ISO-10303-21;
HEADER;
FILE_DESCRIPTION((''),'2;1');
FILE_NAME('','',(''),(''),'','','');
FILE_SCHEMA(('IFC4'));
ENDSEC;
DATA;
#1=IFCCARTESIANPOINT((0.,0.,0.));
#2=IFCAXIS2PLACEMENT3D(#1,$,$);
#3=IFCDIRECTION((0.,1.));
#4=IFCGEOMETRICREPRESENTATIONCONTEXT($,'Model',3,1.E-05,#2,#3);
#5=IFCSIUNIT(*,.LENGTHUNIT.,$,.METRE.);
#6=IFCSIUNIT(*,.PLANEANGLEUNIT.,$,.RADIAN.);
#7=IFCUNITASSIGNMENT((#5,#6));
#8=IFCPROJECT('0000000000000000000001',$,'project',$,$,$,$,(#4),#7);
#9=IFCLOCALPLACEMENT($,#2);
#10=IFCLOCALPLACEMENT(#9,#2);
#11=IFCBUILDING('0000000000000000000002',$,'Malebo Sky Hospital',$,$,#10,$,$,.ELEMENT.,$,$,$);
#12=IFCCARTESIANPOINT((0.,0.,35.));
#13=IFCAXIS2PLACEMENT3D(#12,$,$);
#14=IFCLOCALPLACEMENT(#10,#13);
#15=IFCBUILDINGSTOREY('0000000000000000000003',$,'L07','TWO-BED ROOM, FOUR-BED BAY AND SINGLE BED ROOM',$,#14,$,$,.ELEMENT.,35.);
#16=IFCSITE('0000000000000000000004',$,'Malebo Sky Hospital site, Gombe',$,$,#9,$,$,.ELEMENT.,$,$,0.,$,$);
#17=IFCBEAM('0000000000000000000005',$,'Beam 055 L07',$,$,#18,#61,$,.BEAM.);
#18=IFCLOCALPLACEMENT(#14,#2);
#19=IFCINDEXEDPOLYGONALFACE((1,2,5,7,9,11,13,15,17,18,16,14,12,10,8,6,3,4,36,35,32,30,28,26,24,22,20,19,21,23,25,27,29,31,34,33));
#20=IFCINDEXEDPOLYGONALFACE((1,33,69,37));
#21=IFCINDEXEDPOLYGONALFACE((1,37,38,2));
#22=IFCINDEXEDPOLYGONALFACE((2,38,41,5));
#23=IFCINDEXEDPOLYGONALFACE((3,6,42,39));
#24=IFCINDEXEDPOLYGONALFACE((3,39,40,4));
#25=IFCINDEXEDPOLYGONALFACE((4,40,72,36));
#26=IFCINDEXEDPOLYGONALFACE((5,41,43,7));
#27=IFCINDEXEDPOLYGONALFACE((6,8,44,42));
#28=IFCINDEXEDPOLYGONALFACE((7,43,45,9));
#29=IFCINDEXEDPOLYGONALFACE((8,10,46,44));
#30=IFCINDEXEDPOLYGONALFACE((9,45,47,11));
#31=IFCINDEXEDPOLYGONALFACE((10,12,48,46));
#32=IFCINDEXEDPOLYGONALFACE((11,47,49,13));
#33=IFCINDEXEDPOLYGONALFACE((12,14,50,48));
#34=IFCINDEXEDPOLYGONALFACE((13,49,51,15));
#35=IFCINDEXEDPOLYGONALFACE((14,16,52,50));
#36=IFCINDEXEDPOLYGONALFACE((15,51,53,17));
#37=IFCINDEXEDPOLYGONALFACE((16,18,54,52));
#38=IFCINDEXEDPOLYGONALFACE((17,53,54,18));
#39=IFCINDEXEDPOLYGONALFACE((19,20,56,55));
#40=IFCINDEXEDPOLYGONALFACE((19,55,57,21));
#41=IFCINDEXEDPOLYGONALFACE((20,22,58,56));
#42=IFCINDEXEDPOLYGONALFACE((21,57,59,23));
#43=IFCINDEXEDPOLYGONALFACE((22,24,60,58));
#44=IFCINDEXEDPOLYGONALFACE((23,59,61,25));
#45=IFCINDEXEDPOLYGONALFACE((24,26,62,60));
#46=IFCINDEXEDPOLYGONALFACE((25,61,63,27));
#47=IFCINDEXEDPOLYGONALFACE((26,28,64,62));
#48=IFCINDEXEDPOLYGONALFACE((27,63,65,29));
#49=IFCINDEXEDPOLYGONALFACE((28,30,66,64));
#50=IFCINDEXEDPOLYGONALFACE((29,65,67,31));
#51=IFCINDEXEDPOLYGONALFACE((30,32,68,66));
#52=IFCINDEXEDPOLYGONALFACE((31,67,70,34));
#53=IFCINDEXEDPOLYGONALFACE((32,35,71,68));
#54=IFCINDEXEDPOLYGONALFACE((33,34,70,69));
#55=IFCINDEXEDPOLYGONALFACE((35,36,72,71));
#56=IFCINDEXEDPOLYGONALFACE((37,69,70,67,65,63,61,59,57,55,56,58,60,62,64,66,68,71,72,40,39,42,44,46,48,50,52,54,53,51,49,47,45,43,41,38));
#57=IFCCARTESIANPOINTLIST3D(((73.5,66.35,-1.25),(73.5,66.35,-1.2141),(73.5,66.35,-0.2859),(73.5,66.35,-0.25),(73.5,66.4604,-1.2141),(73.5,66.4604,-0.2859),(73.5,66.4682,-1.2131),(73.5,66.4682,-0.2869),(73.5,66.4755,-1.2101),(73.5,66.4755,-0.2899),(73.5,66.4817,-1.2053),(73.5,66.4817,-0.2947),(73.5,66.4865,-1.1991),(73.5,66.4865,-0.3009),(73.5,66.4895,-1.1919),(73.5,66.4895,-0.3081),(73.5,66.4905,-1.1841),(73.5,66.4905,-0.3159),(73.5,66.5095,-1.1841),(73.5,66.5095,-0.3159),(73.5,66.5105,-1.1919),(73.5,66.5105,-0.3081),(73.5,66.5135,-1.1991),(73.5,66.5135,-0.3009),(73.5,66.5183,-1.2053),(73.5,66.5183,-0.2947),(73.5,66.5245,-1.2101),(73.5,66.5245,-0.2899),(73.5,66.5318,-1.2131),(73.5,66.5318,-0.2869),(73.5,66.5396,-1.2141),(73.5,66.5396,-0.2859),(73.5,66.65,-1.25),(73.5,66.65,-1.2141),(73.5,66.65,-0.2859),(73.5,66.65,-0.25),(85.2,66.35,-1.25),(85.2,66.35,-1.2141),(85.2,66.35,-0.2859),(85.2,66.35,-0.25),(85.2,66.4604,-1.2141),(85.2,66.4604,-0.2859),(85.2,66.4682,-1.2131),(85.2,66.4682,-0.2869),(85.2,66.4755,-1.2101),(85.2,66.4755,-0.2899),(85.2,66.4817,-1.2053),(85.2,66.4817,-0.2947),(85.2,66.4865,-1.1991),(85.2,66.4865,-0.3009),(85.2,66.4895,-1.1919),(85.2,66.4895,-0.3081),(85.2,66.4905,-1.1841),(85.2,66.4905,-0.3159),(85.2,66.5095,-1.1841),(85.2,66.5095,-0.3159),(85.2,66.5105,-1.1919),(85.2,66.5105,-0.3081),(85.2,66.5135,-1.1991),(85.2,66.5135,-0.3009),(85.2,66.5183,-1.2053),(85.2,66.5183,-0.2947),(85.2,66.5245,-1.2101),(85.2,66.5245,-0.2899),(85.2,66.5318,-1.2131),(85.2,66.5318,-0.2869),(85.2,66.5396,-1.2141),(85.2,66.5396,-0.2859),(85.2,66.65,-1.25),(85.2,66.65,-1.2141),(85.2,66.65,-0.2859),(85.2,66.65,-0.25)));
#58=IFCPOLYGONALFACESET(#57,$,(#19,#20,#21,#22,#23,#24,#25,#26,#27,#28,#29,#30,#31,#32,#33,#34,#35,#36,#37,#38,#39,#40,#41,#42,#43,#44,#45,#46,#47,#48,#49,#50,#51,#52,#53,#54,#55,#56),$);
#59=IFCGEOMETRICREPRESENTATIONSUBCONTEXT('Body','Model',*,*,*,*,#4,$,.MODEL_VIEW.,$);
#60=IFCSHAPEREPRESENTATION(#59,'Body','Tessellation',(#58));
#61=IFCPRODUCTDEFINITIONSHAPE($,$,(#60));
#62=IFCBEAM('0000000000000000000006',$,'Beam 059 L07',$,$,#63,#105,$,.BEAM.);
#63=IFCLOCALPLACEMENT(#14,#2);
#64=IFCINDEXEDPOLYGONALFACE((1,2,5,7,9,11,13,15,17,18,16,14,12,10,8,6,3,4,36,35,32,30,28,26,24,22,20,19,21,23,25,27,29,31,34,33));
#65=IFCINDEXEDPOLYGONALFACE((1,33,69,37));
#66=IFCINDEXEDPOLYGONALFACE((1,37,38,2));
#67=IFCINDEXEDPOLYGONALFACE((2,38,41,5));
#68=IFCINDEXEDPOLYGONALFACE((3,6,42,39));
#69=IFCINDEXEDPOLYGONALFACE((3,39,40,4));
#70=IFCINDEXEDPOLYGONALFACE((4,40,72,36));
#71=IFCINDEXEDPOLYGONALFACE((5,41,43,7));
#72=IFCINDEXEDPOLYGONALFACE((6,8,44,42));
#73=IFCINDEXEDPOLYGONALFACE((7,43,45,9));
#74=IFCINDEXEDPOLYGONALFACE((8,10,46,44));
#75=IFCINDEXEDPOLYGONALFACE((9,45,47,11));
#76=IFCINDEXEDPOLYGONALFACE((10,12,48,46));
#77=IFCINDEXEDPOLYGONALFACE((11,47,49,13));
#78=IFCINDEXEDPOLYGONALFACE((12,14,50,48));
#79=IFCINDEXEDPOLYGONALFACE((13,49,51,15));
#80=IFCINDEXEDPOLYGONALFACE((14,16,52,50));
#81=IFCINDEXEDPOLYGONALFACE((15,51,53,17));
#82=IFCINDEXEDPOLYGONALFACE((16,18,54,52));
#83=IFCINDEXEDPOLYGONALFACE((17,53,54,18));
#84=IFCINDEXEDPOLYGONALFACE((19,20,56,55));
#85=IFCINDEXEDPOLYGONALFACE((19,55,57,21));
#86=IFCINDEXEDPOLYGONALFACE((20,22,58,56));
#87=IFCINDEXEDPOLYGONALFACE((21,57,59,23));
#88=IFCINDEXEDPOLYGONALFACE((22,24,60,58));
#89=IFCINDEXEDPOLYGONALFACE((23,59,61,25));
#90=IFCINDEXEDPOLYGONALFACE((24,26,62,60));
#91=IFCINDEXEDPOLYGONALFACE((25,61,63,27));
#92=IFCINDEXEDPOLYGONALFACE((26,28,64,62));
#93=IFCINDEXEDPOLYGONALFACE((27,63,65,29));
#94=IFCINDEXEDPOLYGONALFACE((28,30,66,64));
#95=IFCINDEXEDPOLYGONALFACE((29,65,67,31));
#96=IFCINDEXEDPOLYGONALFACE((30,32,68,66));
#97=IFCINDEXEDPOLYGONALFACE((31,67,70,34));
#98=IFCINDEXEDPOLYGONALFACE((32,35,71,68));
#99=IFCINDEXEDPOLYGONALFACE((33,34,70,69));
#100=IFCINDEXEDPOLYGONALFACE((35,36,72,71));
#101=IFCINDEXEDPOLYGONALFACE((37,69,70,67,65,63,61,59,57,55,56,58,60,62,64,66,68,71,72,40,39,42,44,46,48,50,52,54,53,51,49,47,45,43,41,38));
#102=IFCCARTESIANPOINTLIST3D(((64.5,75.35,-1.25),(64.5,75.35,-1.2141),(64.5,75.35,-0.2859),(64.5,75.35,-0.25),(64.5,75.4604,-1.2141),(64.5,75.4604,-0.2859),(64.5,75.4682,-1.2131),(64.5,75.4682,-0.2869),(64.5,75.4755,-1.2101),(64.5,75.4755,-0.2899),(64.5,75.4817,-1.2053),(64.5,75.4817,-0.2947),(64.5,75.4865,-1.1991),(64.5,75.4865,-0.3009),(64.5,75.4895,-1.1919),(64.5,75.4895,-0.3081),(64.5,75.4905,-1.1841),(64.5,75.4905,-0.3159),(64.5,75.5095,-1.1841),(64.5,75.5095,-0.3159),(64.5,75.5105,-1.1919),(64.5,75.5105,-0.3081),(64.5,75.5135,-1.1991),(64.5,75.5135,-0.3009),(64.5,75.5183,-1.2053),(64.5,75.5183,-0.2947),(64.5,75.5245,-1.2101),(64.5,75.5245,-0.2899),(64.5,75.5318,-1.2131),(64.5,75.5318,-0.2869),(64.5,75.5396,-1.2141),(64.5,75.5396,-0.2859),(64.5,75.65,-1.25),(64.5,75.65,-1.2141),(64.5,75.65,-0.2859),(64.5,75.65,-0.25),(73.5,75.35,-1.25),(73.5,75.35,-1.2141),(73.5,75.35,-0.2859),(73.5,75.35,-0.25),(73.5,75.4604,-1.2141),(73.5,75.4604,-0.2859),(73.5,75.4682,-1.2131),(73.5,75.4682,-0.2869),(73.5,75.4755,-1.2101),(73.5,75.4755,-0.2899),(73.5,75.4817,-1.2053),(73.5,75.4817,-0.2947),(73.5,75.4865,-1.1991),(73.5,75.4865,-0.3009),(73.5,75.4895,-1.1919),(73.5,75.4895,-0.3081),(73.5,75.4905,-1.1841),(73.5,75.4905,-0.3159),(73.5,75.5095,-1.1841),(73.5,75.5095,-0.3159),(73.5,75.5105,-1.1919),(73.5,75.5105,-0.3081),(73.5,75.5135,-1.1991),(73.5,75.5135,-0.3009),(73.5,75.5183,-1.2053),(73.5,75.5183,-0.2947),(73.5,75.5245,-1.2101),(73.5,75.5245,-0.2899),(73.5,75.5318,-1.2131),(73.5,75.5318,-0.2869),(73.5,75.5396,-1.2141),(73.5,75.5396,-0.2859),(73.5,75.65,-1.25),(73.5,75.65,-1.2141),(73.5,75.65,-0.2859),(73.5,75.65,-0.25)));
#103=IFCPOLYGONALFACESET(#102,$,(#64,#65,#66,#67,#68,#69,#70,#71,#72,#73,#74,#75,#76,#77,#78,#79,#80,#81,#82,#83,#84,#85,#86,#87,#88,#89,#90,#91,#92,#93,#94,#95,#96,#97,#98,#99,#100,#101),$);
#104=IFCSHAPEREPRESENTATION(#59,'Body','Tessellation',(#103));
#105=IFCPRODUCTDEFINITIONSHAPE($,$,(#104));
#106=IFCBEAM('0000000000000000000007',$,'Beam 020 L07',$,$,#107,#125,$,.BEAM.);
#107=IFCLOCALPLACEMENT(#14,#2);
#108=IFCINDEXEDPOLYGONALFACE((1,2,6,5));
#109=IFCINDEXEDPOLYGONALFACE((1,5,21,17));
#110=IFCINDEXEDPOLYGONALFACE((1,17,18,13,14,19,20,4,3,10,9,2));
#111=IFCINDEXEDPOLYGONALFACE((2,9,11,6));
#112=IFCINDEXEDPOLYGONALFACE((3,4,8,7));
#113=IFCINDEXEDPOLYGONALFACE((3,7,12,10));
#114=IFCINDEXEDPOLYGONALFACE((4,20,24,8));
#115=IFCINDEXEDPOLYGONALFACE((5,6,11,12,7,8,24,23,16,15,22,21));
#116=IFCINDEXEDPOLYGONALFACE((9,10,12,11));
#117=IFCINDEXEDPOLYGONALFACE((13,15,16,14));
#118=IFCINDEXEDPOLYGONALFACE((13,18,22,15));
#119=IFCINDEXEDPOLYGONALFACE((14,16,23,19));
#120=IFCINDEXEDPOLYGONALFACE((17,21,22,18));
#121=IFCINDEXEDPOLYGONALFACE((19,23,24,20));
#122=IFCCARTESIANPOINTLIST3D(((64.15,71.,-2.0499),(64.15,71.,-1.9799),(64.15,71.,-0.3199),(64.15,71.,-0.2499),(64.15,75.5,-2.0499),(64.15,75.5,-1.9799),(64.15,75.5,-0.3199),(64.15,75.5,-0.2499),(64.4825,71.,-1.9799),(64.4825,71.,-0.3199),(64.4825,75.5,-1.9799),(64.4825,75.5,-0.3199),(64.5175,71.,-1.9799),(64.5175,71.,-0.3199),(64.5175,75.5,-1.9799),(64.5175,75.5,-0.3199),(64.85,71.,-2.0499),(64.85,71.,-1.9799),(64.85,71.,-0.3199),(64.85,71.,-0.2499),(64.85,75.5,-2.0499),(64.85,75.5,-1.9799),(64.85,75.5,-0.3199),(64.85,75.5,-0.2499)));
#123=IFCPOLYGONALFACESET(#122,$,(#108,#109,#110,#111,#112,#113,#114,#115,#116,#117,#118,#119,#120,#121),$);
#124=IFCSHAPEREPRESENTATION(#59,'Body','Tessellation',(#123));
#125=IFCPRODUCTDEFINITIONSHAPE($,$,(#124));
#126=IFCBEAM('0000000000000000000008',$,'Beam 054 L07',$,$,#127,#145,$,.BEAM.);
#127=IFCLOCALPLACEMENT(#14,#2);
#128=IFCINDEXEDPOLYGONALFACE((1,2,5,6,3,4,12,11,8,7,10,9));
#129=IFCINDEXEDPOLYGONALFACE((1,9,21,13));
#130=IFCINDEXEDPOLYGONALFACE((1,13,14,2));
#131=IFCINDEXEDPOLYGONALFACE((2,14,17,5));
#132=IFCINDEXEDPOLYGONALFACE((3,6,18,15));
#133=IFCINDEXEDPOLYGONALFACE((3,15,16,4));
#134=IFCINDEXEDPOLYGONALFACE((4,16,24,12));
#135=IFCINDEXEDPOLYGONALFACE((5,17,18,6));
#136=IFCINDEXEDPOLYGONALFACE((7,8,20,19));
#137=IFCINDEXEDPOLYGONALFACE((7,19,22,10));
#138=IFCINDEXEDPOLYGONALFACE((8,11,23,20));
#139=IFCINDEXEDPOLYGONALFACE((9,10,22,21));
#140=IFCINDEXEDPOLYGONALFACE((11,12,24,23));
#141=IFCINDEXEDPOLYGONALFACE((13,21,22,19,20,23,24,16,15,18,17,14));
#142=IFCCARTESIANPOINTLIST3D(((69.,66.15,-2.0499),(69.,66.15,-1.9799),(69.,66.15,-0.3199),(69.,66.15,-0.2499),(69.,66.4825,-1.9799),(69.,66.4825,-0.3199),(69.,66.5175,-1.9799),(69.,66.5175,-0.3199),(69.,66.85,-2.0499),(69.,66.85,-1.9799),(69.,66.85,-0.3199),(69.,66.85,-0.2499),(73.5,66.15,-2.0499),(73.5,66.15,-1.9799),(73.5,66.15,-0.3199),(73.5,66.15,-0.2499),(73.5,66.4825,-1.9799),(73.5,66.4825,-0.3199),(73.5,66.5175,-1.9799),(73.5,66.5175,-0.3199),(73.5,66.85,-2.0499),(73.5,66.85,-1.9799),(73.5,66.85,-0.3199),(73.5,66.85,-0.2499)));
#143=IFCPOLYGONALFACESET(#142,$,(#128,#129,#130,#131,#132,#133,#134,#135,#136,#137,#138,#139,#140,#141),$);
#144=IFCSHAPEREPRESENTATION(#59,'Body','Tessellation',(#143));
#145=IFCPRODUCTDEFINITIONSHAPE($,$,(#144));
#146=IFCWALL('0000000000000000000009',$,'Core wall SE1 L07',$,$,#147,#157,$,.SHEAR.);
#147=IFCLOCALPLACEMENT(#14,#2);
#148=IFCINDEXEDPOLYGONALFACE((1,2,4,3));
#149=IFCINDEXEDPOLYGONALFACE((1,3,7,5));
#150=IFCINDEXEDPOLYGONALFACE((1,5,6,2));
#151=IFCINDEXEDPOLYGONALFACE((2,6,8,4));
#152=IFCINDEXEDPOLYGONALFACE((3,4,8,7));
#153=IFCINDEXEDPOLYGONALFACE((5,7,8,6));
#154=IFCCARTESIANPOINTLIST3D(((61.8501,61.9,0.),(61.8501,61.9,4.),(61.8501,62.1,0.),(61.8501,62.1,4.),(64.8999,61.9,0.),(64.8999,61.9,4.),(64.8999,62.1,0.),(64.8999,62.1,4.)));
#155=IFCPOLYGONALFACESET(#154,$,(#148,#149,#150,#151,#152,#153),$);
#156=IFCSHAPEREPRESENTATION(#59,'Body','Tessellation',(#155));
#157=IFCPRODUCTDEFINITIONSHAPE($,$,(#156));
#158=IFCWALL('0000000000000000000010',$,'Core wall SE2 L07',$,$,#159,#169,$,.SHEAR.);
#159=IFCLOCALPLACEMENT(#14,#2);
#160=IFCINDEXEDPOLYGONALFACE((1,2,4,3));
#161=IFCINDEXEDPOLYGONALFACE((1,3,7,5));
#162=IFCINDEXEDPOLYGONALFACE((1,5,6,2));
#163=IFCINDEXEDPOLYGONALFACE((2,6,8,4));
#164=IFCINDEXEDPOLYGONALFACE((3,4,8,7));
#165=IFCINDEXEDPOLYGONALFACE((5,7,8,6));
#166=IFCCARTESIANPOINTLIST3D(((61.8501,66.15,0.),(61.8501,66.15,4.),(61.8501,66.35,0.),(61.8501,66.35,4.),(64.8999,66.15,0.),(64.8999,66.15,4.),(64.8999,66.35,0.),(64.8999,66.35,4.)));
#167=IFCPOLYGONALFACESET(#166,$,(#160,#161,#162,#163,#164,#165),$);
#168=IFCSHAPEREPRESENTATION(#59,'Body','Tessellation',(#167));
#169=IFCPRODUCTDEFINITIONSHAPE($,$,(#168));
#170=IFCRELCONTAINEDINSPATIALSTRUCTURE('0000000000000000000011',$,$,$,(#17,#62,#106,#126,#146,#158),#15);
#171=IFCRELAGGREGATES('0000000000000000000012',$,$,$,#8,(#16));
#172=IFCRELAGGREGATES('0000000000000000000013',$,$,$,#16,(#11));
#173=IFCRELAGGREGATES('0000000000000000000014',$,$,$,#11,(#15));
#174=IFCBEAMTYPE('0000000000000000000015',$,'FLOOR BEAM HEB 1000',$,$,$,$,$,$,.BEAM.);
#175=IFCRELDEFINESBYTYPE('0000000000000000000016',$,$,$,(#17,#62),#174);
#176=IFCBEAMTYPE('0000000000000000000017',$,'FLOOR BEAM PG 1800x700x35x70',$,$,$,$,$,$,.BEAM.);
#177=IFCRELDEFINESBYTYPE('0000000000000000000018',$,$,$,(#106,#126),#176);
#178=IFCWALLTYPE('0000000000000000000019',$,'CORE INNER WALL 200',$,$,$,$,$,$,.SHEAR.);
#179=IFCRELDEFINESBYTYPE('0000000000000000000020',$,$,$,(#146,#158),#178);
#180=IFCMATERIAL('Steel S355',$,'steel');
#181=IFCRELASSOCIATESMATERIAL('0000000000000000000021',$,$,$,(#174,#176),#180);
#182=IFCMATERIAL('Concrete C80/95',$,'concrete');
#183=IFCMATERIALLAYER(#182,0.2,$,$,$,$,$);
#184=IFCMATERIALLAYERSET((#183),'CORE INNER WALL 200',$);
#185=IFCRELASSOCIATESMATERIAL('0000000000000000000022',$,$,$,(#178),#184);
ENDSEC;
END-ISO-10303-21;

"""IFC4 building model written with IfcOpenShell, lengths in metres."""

from ifc_helpers import new_model, si_unit, direction, frame, frame_2d, origin, origin_2d, place, context, subcontext, project, spatial, rectangle, i_section, extrude, material, layer, layer_set, material_profile, profile_set, type_object, element, save


model = new_model("IFC4")

# Units and contexts
model_context = context("Model", 3, precision=1e-05, world=origin(), true_north=direction((0.0, 1.0)))
body_context = subcontext(model_context, "Body", "Model", "MODEL_VIEW")
ifc_project = project(units=[si_unit("LENGTHUNIT", "METRE"), si_unit("PLANEANGLEUNIT", "RADIAN")], contexts=[model_context])

# Site, building, storey
site_placement = place(None, origin())
site = spatial("IfcSite", under=ifc_project, at=site_placement, Name="Malebo Sky Hospital site, Gombe", CompositionType="ELEMENT", RefElevation=0.0)
building_placement = place(site_placement, origin())
building = spatial("IfcBuilding", under=site, at=building_placement, Name="Malebo Sky Hospital", CompositionType="ELEMENT")
storey_placement = place(building_placement, frame((0.0, 0.0, 35.0)))
storey = spatial("IfcBuildingStorey", under=building, at=storey_placement, Name="L07", Description="TWO-BED ROOM, FOUR-BED BAY AND SINGLE BED ROOM", CompositionType="ELEMENT", Elevation=35.0)

# Beams
ifc_material_1 = material(Name="Steel S355", Category="steel")
ifc_material_profile_1 = material_profile(ifc_material_1, i_section(OverallWidth=0.3, OverallDepth=1.0, WebThickness=0.019, FlangeThickness=0.0359, FilletRadius=0.03, at=origin_2d()), Name="HEB 1000")
ifc_profile_set_1 = profile_set([ifc_material_profile_1], Name="Steel S355")
beam_type_1 = type_object("IfcBeamType", Name="FLOOR BEAM HEB 1000", PredefinedType="BEAM", material=ifc_profile_set_1)
beam_1_placement = place(storey_placement, frame((73.5, 66.5, -0.75), z_axis=(1.0, 0.0, 0.0), x_axis=(0.0, 1.0, 0.0)))
element("IfcBeam", 1, at=beam_1_placement, inside=storey, type_object=beam_type_1, Name="Beam 055 L07", PredefinedType="BEAM", context=body_context, shape_type="SweptSolid", body=[
    extrude(i_section(OverallWidth=0.3, OverallDepth=1.0, WebThickness=0.019, FlangeThickness=0.0359, FilletRadius=0.03, at=origin_2d()), origin(), (0.0, 0.0, 1.0), 11.7),
])
beam_2_placement = place(storey_placement, frame((64.5, 75.5, -0.75), z_axis=(1.0, 0.0, 0.0), x_axis=(0.0, 1.0, 0.0)))
element("IfcBeam", 2, at=beam_2_placement, inside=storey, type_object=beam_type_1, Name="Beam 059 L07", PredefinedType="BEAM", context=body_context, shape_type="SweptSolid", body=[
    extrude(i_section(OverallWidth=0.3, OverallDepth=1.0, WebThickness=0.019, FlangeThickness=0.0359, FilletRadius=0.03, at=origin_2d()), origin(), (0.0, 0.0, 1.0), 9.0),
])
ifc_material_profile_2 = material_profile(ifc_material_1, i_section(OverallWidth=0.7, OverallDepth=1.8, WebThickness=0.0349, FlangeThickness=0.0701, at=origin_2d()), Name="PG 1800x700x35x70")
ifc_profile_set_2 = profile_set([ifc_material_profile_2], Name="Steel S355")
beam_type_2 = type_object("IfcBeamType", Name="FLOOR BEAM PG 1800x700x35x70", PredefinedType="BEAM", material=ifc_profile_set_2)
for number, where, z_axis, x_axis, name in (
    (3, (64.5, 71.0, -1.1499), (0.0, 1.0, 0.0), (-1.0, 0.0, 0.0), "Beam 020 L07"),
    (4, (69.0, 66.5, -1.1499), (1.0, 0.0, 0.0), (0.0, 1.0, 0.0), "Beam 054 L07"),
):
    element("IfcBeam", number, at=place(storey_placement, frame(where, z_axis=z_axis, x_axis=x_axis)), inside=storey, type_object=beam_type_2, Name=name, PredefinedType="BEAM", context=body_context, shape_type="SweptSolid", body=[
        extrude(i_section(OverallWidth=0.7, OverallDepth=1.8, WebThickness=0.0349, FlangeThickness=0.0701, at=origin_2d()), origin(), (0.0, 0.0, 1.0), 4.5),
    ])

# Walls
ifc_material_2 = material(Name="Concrete C80/95", Category="concrete")
ifc_layer_1 = layer(ifc_material_2, 0.2)
ifc_layer_set_1 = layer_set([ifc_layer_1], Name="CORE INNER WALL 200")
wall_type_1 = type_object("IfcWallType", Name="CORE INNER WALL 200", PredefinedType="SHEAR", material=ifc_layer_set_1)
for number, where, z_axis, x_axis, name in (
    (5, (61.8501, 62.0, 0.0), (0.0, 0.0, 1.0), (1.0, 0.0, 0.0), "Core wall SE1 L07"),
    (6, (61.8501, 66.25, 0.0), (0.0, 0.0, 1.0), (1.0, 0.0, 0.0), "Core wall SE2 L07"),
):
    element("IfcWall", number, at=place(storey_placement, frame(where, z_axis=z_axis, x_axis=x_axis)), inside=storey, type_object=wall_type_1, Name=name, PredefinedType="SHEAR", context=body_context, shape_type="SweptSolid", body=[
        extrude(rectangle(XDim=3.0498, YDim=0.2, at=frame_2d((1.5249, 0.0))), origin(), (0.0, 0.0, 1.0), 4.0),
    ])

save(model, "model.ifc")
